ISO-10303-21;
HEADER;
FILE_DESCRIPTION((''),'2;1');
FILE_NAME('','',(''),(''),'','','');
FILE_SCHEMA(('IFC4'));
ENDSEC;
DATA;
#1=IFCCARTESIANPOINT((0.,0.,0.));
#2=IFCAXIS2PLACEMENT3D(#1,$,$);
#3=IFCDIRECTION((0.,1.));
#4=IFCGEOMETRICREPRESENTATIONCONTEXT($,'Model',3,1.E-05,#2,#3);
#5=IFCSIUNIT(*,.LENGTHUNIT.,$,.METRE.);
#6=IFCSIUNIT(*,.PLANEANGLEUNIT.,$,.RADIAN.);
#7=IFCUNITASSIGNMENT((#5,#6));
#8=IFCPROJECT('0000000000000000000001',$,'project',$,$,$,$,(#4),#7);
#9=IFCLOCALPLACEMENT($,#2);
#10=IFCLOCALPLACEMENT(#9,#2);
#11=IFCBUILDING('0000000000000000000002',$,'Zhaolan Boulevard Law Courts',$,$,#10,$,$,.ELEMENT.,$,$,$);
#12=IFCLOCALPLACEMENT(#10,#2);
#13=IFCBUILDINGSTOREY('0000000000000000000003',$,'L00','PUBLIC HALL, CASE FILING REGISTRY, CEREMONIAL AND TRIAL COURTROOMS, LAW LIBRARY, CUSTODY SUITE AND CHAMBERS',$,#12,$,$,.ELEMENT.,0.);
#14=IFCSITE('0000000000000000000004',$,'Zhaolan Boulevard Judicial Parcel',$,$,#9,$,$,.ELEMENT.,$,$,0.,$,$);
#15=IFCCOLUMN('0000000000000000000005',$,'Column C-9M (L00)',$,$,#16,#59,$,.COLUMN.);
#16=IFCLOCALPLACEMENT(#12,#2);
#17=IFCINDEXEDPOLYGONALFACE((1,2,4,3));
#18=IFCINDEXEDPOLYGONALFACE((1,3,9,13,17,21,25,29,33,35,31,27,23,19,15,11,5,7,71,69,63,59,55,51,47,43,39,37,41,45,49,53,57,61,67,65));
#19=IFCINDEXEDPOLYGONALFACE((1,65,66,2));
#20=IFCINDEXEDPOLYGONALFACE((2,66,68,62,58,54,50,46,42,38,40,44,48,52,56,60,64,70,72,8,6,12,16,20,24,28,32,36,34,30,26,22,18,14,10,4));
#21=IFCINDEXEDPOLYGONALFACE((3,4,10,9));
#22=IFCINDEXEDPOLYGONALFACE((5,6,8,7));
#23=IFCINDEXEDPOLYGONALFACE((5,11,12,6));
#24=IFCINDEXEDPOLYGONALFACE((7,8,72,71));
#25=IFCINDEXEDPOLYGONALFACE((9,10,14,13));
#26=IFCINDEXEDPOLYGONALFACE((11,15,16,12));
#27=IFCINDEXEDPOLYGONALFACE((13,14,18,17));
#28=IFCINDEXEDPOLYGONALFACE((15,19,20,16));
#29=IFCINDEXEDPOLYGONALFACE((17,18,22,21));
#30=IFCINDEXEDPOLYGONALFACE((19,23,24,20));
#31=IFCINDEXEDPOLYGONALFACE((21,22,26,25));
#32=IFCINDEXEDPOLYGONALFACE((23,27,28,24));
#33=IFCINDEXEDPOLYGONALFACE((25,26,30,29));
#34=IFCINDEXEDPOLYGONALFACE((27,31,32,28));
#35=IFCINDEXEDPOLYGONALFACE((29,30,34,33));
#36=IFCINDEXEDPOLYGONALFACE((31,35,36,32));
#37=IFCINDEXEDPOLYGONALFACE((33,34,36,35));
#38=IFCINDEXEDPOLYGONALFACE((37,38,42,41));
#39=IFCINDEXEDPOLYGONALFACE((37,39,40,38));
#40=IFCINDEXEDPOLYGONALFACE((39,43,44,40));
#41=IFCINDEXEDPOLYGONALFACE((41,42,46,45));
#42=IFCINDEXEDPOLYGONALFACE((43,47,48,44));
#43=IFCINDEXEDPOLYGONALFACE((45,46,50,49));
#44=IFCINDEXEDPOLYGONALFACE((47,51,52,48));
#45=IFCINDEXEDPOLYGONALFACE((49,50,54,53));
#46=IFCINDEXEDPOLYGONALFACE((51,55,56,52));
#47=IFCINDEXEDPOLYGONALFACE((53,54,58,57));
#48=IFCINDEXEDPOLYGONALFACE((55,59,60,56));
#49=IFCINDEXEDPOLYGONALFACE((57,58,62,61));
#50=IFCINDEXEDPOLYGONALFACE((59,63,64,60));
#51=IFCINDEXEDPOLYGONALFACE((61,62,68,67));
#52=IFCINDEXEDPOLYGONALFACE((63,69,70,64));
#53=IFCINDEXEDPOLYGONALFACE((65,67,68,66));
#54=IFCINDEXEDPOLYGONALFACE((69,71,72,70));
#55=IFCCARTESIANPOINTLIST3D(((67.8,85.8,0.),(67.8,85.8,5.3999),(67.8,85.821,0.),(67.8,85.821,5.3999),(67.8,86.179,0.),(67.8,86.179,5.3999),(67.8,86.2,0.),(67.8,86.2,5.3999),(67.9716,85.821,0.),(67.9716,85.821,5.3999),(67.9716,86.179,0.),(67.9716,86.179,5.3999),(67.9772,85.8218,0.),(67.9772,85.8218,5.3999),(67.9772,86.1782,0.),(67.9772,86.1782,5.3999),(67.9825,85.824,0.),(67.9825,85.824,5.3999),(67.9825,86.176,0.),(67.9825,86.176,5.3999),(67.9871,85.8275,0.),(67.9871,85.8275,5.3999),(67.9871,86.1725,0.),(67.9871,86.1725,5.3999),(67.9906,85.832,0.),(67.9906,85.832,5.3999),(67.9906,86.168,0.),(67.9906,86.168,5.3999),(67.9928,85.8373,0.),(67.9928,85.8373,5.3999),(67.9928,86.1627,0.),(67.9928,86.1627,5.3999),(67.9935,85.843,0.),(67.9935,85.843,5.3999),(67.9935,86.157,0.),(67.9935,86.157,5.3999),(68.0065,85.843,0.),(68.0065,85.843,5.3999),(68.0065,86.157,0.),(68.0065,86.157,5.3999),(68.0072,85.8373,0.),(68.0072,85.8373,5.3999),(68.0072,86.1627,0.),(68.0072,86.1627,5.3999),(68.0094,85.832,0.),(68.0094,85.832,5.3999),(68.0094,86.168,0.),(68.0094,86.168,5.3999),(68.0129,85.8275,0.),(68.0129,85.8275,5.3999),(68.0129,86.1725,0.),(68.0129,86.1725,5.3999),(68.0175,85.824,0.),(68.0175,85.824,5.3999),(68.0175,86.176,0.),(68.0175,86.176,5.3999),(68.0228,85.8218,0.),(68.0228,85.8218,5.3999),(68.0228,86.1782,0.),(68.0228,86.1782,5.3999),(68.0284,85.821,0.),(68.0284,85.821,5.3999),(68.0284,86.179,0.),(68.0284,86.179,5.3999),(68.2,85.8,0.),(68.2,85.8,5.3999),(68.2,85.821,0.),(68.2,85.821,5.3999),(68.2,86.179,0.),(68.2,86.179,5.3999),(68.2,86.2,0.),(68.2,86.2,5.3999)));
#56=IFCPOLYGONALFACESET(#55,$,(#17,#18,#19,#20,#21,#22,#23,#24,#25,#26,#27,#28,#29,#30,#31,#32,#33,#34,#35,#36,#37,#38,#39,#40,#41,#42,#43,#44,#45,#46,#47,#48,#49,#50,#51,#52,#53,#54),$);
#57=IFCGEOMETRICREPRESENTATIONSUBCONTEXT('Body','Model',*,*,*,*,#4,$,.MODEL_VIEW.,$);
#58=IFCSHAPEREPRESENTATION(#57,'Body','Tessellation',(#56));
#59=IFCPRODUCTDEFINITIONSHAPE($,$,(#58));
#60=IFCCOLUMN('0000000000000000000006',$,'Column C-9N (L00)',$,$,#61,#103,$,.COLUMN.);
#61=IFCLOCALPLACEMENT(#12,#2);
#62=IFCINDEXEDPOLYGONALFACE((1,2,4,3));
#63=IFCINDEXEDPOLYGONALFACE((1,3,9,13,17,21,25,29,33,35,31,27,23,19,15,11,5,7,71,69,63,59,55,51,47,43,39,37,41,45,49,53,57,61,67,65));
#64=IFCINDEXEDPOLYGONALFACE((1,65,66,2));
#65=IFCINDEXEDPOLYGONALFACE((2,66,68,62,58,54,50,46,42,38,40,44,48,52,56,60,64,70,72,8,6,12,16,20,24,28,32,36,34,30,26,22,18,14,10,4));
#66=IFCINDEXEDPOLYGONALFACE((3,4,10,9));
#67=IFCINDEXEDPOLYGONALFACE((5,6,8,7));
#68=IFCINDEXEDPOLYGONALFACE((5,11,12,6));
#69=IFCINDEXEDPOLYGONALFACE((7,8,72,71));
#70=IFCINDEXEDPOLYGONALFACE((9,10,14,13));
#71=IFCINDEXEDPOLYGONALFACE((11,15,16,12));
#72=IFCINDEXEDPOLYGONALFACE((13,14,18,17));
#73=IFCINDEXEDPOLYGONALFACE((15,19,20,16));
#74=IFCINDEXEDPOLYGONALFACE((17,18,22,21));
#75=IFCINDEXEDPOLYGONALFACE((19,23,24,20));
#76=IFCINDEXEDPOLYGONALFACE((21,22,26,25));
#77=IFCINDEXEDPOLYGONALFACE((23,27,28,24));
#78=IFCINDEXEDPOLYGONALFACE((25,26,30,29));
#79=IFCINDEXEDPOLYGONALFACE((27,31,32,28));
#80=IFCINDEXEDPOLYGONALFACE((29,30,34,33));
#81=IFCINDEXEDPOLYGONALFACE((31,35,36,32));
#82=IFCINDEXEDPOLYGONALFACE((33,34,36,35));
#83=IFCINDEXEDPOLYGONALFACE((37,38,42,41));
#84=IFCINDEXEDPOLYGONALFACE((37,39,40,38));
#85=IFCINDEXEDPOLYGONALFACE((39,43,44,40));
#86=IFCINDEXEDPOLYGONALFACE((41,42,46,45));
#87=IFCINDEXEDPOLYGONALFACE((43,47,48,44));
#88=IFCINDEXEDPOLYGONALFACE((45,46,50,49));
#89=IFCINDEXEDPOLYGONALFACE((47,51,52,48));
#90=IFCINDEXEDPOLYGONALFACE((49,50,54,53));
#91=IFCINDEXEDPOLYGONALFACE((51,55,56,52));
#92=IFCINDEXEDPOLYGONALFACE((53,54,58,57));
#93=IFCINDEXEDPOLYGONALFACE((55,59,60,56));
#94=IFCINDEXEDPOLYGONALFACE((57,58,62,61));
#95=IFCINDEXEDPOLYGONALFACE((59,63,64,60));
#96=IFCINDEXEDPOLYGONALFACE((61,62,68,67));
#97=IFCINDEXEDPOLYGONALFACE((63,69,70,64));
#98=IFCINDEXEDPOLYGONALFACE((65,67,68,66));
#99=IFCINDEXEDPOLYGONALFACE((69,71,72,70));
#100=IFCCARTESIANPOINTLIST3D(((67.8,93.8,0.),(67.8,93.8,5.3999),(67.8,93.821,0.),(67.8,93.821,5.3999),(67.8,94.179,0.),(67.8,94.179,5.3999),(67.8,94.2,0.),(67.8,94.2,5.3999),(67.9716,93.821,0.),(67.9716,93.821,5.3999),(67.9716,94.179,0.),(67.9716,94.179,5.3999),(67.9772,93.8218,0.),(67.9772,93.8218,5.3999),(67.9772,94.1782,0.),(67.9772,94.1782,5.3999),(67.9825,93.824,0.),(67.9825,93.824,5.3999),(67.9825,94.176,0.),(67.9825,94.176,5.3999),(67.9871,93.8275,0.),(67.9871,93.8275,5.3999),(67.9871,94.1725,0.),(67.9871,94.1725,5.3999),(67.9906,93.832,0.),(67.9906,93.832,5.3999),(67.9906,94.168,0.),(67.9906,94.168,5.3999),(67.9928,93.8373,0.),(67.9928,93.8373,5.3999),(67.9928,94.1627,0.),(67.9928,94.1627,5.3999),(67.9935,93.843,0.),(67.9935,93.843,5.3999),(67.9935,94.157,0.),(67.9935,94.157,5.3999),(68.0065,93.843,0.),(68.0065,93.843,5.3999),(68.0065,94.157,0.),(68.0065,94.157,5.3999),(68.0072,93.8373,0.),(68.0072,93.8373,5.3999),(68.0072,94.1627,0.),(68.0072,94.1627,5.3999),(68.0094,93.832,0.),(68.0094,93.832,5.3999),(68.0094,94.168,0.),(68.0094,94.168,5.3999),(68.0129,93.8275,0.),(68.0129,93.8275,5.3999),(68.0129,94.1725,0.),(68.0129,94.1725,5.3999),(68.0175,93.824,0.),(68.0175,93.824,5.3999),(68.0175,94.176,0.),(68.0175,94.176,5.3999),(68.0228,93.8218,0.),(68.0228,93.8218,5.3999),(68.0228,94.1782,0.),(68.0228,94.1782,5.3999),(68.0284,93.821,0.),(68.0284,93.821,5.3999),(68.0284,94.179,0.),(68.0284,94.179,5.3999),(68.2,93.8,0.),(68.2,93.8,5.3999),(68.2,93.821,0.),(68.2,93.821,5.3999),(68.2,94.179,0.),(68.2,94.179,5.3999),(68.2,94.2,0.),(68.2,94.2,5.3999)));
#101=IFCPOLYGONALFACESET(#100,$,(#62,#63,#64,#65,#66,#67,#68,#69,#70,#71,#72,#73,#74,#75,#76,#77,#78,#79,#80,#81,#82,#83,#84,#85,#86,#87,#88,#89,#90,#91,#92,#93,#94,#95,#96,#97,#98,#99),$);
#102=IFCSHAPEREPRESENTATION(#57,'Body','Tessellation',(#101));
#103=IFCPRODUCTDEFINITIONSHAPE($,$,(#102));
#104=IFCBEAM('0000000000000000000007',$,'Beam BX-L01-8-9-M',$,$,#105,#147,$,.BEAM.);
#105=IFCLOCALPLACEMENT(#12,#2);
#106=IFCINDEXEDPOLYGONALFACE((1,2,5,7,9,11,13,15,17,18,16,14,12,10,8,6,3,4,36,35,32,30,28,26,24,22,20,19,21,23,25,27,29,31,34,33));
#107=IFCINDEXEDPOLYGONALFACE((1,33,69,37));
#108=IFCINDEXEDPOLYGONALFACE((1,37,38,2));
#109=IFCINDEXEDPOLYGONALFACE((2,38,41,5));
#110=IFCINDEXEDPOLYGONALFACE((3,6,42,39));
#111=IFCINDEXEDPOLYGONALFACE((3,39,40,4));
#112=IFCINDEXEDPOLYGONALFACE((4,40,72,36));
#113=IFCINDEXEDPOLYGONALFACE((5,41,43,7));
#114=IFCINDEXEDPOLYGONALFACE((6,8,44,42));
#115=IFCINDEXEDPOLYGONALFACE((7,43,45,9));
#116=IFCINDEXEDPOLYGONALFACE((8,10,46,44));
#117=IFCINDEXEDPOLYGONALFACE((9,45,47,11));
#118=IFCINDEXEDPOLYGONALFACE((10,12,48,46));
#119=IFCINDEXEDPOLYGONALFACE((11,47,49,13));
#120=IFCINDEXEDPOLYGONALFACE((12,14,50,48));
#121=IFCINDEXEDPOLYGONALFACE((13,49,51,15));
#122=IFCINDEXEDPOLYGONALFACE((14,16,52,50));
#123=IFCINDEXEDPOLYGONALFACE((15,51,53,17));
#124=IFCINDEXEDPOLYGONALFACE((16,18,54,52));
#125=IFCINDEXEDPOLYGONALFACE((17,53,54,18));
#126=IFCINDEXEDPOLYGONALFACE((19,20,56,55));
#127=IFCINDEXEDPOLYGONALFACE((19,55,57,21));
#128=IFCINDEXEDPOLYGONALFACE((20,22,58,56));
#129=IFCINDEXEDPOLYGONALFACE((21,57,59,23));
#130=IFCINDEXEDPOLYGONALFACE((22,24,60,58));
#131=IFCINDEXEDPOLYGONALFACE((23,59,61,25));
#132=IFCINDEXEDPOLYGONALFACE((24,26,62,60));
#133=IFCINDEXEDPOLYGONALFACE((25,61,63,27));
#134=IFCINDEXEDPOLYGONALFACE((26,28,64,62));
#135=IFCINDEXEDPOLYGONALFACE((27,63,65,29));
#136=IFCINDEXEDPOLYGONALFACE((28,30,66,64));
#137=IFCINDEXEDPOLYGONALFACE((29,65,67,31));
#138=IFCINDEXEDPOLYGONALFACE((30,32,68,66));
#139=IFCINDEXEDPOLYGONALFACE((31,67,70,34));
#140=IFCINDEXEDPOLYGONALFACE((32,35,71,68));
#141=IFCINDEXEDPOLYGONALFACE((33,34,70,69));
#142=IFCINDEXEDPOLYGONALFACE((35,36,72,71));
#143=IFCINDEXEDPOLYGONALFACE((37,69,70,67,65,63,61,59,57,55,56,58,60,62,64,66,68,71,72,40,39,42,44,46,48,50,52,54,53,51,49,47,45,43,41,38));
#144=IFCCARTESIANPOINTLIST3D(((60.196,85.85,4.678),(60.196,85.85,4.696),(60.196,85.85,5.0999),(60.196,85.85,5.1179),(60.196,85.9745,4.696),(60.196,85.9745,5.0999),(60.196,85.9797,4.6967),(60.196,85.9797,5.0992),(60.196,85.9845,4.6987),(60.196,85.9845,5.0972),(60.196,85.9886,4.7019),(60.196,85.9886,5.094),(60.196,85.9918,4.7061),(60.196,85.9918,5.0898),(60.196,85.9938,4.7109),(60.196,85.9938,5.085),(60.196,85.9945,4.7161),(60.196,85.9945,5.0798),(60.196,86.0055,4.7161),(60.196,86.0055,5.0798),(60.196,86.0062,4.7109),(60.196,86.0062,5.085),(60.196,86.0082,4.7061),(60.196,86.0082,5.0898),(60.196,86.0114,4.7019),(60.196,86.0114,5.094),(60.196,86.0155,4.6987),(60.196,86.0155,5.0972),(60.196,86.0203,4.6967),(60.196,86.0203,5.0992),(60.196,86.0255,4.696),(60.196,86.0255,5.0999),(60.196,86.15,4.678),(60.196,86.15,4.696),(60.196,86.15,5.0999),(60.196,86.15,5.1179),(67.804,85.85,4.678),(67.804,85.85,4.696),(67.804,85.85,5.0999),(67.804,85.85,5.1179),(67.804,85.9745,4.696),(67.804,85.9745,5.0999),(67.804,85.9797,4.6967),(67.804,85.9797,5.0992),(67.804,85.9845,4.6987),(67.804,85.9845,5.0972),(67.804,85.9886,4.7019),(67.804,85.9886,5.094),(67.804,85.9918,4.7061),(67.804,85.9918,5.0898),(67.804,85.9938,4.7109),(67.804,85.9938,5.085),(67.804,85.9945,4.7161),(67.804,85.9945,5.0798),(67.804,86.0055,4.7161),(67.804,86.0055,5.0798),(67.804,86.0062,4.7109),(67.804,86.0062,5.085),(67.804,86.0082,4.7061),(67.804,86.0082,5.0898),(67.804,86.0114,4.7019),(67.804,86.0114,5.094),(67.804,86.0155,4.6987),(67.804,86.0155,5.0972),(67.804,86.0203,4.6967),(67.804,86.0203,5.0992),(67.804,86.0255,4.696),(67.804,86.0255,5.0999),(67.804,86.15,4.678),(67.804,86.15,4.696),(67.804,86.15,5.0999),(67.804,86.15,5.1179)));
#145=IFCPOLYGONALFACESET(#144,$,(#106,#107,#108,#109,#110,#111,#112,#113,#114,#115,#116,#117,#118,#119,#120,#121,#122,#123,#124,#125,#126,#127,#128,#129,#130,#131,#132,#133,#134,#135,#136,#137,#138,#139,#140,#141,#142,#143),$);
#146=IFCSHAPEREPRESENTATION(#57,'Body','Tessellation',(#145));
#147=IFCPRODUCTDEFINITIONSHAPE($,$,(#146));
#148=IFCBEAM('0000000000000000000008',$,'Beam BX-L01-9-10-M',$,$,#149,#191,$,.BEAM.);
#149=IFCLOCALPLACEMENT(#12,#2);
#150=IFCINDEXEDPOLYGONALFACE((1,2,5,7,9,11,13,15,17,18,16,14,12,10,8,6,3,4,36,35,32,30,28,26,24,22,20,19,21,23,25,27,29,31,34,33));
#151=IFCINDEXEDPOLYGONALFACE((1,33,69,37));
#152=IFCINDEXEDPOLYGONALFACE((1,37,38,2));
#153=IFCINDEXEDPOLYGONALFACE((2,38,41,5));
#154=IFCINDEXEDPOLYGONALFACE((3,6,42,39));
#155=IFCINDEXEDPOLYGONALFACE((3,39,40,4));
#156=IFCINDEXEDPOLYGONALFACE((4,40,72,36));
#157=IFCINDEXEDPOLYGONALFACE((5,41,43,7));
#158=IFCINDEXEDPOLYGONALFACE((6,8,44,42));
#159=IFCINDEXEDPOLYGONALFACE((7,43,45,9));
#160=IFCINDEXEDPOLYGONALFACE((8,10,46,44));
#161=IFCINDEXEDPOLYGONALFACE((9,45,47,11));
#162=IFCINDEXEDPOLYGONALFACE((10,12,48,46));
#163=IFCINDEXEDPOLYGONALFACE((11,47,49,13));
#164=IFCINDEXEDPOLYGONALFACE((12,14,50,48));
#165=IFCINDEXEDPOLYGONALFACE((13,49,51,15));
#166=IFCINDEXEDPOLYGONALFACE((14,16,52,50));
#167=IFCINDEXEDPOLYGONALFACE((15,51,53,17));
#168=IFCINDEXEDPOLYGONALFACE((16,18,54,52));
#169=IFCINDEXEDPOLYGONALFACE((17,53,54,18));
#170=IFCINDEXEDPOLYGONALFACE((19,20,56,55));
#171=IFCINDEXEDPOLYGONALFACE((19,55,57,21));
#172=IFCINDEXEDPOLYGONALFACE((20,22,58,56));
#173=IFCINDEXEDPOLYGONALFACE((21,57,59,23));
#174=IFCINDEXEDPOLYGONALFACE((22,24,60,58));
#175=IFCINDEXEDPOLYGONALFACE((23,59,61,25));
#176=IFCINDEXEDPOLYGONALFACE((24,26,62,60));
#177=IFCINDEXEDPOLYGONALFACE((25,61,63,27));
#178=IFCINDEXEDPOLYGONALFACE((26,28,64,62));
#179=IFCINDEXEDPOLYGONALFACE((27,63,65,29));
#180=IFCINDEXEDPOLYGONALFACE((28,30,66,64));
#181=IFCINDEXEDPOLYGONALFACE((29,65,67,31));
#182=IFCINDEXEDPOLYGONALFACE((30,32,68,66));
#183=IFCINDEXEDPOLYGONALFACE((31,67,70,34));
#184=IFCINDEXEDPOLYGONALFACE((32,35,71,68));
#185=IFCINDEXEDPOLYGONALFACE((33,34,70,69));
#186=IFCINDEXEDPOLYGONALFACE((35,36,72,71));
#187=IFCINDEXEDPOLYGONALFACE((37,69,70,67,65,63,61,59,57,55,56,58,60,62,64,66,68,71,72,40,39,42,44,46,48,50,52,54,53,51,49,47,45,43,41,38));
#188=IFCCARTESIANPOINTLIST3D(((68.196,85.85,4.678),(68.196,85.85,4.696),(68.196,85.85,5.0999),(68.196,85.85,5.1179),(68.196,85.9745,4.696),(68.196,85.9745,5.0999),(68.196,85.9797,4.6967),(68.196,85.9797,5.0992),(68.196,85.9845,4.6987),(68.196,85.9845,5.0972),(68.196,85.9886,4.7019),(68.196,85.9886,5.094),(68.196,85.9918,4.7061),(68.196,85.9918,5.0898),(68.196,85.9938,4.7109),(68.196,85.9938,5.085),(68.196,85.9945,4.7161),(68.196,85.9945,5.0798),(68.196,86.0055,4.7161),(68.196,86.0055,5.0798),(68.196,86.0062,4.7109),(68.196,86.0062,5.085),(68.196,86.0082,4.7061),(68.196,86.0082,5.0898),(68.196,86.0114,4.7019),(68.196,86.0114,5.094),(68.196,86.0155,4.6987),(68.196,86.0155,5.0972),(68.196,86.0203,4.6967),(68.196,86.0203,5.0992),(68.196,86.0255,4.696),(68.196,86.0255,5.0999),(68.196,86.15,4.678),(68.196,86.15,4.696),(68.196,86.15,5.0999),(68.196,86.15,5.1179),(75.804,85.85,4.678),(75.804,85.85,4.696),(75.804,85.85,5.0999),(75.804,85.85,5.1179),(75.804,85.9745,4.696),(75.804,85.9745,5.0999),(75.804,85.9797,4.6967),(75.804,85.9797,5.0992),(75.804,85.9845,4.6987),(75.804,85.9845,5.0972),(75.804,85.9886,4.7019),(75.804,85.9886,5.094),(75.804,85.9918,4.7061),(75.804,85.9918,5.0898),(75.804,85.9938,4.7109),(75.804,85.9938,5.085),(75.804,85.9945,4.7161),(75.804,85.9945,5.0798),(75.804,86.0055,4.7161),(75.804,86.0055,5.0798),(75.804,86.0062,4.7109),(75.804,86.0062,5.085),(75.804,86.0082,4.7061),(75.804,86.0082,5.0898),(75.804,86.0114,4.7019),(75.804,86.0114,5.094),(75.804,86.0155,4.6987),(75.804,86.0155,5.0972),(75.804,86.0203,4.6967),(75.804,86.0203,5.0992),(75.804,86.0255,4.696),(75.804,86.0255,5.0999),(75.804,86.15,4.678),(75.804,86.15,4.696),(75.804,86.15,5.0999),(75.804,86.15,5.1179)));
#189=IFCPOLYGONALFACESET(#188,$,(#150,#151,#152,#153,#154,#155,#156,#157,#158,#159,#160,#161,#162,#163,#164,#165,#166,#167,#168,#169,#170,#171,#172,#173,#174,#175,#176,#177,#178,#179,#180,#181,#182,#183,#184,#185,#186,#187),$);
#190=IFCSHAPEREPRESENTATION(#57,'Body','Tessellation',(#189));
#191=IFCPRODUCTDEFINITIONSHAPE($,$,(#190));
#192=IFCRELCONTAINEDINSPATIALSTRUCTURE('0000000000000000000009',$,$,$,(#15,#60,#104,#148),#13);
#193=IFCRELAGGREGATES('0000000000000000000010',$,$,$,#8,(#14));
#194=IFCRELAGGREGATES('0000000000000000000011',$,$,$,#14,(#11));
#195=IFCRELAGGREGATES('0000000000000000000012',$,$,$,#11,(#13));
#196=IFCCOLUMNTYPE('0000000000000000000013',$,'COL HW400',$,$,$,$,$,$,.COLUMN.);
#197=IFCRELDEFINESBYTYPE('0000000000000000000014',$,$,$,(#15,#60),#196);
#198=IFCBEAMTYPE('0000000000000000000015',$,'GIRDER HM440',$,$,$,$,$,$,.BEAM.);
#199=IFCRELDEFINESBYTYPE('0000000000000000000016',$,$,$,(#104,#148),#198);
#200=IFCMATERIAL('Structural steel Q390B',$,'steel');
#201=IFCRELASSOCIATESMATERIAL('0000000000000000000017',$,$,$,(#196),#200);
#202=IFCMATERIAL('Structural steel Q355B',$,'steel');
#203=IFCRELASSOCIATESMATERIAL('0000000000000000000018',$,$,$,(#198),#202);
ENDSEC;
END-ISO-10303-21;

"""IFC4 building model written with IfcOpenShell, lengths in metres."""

from ifc_helpers import new_model, si_unit, direction, frame, origin, origin_2d, place, context, subcontext, project, spatial, i_section, extrude, material, material_profile, profile_set, type_object, element, save


model = new_model("IFC4")

# Units and contexts
model_context = context("Model", 3, precision=1e-05, world=origin(), true_north=direction((0.0, 1.0)))
body_context = subcontext(model_context, "Body", "Model", "MODEL_VIEW")
ifc_project = project(units=[si_unit("LENGTHUNIT", "METRE"), si_unit("PLANEANGLEUNIT", "RADIAN")], contexts=[model_context])

# Site, building, storey
site_placement = place(None, origin())
site = spatial("IfcSite", under=ifc_project, at=site_placement, Name="Zhaolan Boulevard Judicial Parcel", CompositionType="ELEMENT", RefElevation=0.0)
building_placement = place(site_placement, origin())
building = spatial("IfcBuilding", under=site, at=building_placement, Name="Zhaolan Boulevard Law Courts", CompositionType="ELEMENT")
storey_placement = place(building_placement, origin())
storey = spatial("IfcBuildingStorey", under=building, at=storey_placement, Name="L00", Description="PUBLIC HALL, CASE FILING REGISTRY, CEREMONIAL AND TRIAL COURTROOMS, LAW LIBRARY, CUSTODY SUITE AND CHAMBERS", CompositionType="ELEMENT", Elevation=0.0)

# Columns
ifc_material_1 = material(Name="Structural steel Q390B", Category="steel")
ifc_material_profile_1 = material_profile(ifc_material_1, i_section(OverallWidth=0.3999, OverallDepth=0.3999, WebThickness=0.0129, FlangeThickness=0.021, FilletRadius=0.022, at=origin_2d()), Name="HW400x400")
ifc_profile_set_1 = profile_set([ifc_material_profile_1], Name="Structural steel Q390B")
column_type = type_object("IfcColumnType", Name="COL HW400", PredefinedType="COLUMN", material=ifc_profile_set_1)
for number, where, z_axis, x_axis, name in (
    (1, (68.0, 86.0, 0.0), (0.0, 0.0, 1.0), (1.0, 0.0, 0.0), "Column C-9M (L00)"),
    (2, (68.0, 94.0, 0.0), (0.0, 0.0, 1.0), (1.0, 0.0, 0.0), "Column C-9N (L00)"),
):
    element("IfcColumn", number, at=place(storey_placement, frame(where, z_axis=z_axis, x_axis=x_axis)), inside=storey, type_object=column_type, Name=name, PredefinedType="COLUMN", context=body_context, shape_type="SweptSolid", body=[
        extrude(i_section(OverallWidth=0.3999, OverallDepth=0.3999, WebThickness=0.0129, FlangeThickness=0.021, FilletRadius=0.022, at=origin_2d()), origin(), (0.0, 0.0, 1.0), 5.3999),
    ])

# Beams
ifc_material_2 = material(Name="Structural steel Q355B", Category="steel")
ifc_material_profile_2 = material_profile(ifc_material_2, i_section(OverallWidth=0.3, OverallDepth=0.4399, WebThickness=0.011, FlangeThickness=0.0181, FilletRadius=0.02, at=origin_2d()), Name="HM440x300")
ifc_profile_set_2 = profile_set([ifc_material_profile_2], Name="Structural steel Q355B")
beam_type_1 = type_object("IfcBeamType", Name="GIRDER HM440", PredefinedType="BEAM", material=ifc_profile_set_2)
for number, where, z_axis, x_axis, name in (
    (3, (60.196, 86.0, 4.8979), (1.0, 0.0, 0.0), (0.0, 1.0, 0.0), "Beam BX-L01-8-9-M"),
    (4, (68.196, 86.0, 4.8979), (1.0, 0.0, 0.0), (0.0, 1.0, 0.0), "Beam BX-L01-9-10-M"),
):
    element("IfcBeam", number, at=place(storey_placement, frame(where, z_axis=z_axis, x_axis=x_axis)), inside=storey, type_object=beam_type_1, Name=name, PredefinedType="BEAM", context=body_context, shape_type="SweptSolid", body=[
        extrude(i_section(OverallWidth=0.3, OverallDepth=0.4399, WebThickness=0.011, FlangeThickness=0.0181, FilletRadius=0.02, at=origin_2d()), origin(), (0.0, 0.0, 1.0), 7.6079),
    ])

save(model, "model.ifc")
